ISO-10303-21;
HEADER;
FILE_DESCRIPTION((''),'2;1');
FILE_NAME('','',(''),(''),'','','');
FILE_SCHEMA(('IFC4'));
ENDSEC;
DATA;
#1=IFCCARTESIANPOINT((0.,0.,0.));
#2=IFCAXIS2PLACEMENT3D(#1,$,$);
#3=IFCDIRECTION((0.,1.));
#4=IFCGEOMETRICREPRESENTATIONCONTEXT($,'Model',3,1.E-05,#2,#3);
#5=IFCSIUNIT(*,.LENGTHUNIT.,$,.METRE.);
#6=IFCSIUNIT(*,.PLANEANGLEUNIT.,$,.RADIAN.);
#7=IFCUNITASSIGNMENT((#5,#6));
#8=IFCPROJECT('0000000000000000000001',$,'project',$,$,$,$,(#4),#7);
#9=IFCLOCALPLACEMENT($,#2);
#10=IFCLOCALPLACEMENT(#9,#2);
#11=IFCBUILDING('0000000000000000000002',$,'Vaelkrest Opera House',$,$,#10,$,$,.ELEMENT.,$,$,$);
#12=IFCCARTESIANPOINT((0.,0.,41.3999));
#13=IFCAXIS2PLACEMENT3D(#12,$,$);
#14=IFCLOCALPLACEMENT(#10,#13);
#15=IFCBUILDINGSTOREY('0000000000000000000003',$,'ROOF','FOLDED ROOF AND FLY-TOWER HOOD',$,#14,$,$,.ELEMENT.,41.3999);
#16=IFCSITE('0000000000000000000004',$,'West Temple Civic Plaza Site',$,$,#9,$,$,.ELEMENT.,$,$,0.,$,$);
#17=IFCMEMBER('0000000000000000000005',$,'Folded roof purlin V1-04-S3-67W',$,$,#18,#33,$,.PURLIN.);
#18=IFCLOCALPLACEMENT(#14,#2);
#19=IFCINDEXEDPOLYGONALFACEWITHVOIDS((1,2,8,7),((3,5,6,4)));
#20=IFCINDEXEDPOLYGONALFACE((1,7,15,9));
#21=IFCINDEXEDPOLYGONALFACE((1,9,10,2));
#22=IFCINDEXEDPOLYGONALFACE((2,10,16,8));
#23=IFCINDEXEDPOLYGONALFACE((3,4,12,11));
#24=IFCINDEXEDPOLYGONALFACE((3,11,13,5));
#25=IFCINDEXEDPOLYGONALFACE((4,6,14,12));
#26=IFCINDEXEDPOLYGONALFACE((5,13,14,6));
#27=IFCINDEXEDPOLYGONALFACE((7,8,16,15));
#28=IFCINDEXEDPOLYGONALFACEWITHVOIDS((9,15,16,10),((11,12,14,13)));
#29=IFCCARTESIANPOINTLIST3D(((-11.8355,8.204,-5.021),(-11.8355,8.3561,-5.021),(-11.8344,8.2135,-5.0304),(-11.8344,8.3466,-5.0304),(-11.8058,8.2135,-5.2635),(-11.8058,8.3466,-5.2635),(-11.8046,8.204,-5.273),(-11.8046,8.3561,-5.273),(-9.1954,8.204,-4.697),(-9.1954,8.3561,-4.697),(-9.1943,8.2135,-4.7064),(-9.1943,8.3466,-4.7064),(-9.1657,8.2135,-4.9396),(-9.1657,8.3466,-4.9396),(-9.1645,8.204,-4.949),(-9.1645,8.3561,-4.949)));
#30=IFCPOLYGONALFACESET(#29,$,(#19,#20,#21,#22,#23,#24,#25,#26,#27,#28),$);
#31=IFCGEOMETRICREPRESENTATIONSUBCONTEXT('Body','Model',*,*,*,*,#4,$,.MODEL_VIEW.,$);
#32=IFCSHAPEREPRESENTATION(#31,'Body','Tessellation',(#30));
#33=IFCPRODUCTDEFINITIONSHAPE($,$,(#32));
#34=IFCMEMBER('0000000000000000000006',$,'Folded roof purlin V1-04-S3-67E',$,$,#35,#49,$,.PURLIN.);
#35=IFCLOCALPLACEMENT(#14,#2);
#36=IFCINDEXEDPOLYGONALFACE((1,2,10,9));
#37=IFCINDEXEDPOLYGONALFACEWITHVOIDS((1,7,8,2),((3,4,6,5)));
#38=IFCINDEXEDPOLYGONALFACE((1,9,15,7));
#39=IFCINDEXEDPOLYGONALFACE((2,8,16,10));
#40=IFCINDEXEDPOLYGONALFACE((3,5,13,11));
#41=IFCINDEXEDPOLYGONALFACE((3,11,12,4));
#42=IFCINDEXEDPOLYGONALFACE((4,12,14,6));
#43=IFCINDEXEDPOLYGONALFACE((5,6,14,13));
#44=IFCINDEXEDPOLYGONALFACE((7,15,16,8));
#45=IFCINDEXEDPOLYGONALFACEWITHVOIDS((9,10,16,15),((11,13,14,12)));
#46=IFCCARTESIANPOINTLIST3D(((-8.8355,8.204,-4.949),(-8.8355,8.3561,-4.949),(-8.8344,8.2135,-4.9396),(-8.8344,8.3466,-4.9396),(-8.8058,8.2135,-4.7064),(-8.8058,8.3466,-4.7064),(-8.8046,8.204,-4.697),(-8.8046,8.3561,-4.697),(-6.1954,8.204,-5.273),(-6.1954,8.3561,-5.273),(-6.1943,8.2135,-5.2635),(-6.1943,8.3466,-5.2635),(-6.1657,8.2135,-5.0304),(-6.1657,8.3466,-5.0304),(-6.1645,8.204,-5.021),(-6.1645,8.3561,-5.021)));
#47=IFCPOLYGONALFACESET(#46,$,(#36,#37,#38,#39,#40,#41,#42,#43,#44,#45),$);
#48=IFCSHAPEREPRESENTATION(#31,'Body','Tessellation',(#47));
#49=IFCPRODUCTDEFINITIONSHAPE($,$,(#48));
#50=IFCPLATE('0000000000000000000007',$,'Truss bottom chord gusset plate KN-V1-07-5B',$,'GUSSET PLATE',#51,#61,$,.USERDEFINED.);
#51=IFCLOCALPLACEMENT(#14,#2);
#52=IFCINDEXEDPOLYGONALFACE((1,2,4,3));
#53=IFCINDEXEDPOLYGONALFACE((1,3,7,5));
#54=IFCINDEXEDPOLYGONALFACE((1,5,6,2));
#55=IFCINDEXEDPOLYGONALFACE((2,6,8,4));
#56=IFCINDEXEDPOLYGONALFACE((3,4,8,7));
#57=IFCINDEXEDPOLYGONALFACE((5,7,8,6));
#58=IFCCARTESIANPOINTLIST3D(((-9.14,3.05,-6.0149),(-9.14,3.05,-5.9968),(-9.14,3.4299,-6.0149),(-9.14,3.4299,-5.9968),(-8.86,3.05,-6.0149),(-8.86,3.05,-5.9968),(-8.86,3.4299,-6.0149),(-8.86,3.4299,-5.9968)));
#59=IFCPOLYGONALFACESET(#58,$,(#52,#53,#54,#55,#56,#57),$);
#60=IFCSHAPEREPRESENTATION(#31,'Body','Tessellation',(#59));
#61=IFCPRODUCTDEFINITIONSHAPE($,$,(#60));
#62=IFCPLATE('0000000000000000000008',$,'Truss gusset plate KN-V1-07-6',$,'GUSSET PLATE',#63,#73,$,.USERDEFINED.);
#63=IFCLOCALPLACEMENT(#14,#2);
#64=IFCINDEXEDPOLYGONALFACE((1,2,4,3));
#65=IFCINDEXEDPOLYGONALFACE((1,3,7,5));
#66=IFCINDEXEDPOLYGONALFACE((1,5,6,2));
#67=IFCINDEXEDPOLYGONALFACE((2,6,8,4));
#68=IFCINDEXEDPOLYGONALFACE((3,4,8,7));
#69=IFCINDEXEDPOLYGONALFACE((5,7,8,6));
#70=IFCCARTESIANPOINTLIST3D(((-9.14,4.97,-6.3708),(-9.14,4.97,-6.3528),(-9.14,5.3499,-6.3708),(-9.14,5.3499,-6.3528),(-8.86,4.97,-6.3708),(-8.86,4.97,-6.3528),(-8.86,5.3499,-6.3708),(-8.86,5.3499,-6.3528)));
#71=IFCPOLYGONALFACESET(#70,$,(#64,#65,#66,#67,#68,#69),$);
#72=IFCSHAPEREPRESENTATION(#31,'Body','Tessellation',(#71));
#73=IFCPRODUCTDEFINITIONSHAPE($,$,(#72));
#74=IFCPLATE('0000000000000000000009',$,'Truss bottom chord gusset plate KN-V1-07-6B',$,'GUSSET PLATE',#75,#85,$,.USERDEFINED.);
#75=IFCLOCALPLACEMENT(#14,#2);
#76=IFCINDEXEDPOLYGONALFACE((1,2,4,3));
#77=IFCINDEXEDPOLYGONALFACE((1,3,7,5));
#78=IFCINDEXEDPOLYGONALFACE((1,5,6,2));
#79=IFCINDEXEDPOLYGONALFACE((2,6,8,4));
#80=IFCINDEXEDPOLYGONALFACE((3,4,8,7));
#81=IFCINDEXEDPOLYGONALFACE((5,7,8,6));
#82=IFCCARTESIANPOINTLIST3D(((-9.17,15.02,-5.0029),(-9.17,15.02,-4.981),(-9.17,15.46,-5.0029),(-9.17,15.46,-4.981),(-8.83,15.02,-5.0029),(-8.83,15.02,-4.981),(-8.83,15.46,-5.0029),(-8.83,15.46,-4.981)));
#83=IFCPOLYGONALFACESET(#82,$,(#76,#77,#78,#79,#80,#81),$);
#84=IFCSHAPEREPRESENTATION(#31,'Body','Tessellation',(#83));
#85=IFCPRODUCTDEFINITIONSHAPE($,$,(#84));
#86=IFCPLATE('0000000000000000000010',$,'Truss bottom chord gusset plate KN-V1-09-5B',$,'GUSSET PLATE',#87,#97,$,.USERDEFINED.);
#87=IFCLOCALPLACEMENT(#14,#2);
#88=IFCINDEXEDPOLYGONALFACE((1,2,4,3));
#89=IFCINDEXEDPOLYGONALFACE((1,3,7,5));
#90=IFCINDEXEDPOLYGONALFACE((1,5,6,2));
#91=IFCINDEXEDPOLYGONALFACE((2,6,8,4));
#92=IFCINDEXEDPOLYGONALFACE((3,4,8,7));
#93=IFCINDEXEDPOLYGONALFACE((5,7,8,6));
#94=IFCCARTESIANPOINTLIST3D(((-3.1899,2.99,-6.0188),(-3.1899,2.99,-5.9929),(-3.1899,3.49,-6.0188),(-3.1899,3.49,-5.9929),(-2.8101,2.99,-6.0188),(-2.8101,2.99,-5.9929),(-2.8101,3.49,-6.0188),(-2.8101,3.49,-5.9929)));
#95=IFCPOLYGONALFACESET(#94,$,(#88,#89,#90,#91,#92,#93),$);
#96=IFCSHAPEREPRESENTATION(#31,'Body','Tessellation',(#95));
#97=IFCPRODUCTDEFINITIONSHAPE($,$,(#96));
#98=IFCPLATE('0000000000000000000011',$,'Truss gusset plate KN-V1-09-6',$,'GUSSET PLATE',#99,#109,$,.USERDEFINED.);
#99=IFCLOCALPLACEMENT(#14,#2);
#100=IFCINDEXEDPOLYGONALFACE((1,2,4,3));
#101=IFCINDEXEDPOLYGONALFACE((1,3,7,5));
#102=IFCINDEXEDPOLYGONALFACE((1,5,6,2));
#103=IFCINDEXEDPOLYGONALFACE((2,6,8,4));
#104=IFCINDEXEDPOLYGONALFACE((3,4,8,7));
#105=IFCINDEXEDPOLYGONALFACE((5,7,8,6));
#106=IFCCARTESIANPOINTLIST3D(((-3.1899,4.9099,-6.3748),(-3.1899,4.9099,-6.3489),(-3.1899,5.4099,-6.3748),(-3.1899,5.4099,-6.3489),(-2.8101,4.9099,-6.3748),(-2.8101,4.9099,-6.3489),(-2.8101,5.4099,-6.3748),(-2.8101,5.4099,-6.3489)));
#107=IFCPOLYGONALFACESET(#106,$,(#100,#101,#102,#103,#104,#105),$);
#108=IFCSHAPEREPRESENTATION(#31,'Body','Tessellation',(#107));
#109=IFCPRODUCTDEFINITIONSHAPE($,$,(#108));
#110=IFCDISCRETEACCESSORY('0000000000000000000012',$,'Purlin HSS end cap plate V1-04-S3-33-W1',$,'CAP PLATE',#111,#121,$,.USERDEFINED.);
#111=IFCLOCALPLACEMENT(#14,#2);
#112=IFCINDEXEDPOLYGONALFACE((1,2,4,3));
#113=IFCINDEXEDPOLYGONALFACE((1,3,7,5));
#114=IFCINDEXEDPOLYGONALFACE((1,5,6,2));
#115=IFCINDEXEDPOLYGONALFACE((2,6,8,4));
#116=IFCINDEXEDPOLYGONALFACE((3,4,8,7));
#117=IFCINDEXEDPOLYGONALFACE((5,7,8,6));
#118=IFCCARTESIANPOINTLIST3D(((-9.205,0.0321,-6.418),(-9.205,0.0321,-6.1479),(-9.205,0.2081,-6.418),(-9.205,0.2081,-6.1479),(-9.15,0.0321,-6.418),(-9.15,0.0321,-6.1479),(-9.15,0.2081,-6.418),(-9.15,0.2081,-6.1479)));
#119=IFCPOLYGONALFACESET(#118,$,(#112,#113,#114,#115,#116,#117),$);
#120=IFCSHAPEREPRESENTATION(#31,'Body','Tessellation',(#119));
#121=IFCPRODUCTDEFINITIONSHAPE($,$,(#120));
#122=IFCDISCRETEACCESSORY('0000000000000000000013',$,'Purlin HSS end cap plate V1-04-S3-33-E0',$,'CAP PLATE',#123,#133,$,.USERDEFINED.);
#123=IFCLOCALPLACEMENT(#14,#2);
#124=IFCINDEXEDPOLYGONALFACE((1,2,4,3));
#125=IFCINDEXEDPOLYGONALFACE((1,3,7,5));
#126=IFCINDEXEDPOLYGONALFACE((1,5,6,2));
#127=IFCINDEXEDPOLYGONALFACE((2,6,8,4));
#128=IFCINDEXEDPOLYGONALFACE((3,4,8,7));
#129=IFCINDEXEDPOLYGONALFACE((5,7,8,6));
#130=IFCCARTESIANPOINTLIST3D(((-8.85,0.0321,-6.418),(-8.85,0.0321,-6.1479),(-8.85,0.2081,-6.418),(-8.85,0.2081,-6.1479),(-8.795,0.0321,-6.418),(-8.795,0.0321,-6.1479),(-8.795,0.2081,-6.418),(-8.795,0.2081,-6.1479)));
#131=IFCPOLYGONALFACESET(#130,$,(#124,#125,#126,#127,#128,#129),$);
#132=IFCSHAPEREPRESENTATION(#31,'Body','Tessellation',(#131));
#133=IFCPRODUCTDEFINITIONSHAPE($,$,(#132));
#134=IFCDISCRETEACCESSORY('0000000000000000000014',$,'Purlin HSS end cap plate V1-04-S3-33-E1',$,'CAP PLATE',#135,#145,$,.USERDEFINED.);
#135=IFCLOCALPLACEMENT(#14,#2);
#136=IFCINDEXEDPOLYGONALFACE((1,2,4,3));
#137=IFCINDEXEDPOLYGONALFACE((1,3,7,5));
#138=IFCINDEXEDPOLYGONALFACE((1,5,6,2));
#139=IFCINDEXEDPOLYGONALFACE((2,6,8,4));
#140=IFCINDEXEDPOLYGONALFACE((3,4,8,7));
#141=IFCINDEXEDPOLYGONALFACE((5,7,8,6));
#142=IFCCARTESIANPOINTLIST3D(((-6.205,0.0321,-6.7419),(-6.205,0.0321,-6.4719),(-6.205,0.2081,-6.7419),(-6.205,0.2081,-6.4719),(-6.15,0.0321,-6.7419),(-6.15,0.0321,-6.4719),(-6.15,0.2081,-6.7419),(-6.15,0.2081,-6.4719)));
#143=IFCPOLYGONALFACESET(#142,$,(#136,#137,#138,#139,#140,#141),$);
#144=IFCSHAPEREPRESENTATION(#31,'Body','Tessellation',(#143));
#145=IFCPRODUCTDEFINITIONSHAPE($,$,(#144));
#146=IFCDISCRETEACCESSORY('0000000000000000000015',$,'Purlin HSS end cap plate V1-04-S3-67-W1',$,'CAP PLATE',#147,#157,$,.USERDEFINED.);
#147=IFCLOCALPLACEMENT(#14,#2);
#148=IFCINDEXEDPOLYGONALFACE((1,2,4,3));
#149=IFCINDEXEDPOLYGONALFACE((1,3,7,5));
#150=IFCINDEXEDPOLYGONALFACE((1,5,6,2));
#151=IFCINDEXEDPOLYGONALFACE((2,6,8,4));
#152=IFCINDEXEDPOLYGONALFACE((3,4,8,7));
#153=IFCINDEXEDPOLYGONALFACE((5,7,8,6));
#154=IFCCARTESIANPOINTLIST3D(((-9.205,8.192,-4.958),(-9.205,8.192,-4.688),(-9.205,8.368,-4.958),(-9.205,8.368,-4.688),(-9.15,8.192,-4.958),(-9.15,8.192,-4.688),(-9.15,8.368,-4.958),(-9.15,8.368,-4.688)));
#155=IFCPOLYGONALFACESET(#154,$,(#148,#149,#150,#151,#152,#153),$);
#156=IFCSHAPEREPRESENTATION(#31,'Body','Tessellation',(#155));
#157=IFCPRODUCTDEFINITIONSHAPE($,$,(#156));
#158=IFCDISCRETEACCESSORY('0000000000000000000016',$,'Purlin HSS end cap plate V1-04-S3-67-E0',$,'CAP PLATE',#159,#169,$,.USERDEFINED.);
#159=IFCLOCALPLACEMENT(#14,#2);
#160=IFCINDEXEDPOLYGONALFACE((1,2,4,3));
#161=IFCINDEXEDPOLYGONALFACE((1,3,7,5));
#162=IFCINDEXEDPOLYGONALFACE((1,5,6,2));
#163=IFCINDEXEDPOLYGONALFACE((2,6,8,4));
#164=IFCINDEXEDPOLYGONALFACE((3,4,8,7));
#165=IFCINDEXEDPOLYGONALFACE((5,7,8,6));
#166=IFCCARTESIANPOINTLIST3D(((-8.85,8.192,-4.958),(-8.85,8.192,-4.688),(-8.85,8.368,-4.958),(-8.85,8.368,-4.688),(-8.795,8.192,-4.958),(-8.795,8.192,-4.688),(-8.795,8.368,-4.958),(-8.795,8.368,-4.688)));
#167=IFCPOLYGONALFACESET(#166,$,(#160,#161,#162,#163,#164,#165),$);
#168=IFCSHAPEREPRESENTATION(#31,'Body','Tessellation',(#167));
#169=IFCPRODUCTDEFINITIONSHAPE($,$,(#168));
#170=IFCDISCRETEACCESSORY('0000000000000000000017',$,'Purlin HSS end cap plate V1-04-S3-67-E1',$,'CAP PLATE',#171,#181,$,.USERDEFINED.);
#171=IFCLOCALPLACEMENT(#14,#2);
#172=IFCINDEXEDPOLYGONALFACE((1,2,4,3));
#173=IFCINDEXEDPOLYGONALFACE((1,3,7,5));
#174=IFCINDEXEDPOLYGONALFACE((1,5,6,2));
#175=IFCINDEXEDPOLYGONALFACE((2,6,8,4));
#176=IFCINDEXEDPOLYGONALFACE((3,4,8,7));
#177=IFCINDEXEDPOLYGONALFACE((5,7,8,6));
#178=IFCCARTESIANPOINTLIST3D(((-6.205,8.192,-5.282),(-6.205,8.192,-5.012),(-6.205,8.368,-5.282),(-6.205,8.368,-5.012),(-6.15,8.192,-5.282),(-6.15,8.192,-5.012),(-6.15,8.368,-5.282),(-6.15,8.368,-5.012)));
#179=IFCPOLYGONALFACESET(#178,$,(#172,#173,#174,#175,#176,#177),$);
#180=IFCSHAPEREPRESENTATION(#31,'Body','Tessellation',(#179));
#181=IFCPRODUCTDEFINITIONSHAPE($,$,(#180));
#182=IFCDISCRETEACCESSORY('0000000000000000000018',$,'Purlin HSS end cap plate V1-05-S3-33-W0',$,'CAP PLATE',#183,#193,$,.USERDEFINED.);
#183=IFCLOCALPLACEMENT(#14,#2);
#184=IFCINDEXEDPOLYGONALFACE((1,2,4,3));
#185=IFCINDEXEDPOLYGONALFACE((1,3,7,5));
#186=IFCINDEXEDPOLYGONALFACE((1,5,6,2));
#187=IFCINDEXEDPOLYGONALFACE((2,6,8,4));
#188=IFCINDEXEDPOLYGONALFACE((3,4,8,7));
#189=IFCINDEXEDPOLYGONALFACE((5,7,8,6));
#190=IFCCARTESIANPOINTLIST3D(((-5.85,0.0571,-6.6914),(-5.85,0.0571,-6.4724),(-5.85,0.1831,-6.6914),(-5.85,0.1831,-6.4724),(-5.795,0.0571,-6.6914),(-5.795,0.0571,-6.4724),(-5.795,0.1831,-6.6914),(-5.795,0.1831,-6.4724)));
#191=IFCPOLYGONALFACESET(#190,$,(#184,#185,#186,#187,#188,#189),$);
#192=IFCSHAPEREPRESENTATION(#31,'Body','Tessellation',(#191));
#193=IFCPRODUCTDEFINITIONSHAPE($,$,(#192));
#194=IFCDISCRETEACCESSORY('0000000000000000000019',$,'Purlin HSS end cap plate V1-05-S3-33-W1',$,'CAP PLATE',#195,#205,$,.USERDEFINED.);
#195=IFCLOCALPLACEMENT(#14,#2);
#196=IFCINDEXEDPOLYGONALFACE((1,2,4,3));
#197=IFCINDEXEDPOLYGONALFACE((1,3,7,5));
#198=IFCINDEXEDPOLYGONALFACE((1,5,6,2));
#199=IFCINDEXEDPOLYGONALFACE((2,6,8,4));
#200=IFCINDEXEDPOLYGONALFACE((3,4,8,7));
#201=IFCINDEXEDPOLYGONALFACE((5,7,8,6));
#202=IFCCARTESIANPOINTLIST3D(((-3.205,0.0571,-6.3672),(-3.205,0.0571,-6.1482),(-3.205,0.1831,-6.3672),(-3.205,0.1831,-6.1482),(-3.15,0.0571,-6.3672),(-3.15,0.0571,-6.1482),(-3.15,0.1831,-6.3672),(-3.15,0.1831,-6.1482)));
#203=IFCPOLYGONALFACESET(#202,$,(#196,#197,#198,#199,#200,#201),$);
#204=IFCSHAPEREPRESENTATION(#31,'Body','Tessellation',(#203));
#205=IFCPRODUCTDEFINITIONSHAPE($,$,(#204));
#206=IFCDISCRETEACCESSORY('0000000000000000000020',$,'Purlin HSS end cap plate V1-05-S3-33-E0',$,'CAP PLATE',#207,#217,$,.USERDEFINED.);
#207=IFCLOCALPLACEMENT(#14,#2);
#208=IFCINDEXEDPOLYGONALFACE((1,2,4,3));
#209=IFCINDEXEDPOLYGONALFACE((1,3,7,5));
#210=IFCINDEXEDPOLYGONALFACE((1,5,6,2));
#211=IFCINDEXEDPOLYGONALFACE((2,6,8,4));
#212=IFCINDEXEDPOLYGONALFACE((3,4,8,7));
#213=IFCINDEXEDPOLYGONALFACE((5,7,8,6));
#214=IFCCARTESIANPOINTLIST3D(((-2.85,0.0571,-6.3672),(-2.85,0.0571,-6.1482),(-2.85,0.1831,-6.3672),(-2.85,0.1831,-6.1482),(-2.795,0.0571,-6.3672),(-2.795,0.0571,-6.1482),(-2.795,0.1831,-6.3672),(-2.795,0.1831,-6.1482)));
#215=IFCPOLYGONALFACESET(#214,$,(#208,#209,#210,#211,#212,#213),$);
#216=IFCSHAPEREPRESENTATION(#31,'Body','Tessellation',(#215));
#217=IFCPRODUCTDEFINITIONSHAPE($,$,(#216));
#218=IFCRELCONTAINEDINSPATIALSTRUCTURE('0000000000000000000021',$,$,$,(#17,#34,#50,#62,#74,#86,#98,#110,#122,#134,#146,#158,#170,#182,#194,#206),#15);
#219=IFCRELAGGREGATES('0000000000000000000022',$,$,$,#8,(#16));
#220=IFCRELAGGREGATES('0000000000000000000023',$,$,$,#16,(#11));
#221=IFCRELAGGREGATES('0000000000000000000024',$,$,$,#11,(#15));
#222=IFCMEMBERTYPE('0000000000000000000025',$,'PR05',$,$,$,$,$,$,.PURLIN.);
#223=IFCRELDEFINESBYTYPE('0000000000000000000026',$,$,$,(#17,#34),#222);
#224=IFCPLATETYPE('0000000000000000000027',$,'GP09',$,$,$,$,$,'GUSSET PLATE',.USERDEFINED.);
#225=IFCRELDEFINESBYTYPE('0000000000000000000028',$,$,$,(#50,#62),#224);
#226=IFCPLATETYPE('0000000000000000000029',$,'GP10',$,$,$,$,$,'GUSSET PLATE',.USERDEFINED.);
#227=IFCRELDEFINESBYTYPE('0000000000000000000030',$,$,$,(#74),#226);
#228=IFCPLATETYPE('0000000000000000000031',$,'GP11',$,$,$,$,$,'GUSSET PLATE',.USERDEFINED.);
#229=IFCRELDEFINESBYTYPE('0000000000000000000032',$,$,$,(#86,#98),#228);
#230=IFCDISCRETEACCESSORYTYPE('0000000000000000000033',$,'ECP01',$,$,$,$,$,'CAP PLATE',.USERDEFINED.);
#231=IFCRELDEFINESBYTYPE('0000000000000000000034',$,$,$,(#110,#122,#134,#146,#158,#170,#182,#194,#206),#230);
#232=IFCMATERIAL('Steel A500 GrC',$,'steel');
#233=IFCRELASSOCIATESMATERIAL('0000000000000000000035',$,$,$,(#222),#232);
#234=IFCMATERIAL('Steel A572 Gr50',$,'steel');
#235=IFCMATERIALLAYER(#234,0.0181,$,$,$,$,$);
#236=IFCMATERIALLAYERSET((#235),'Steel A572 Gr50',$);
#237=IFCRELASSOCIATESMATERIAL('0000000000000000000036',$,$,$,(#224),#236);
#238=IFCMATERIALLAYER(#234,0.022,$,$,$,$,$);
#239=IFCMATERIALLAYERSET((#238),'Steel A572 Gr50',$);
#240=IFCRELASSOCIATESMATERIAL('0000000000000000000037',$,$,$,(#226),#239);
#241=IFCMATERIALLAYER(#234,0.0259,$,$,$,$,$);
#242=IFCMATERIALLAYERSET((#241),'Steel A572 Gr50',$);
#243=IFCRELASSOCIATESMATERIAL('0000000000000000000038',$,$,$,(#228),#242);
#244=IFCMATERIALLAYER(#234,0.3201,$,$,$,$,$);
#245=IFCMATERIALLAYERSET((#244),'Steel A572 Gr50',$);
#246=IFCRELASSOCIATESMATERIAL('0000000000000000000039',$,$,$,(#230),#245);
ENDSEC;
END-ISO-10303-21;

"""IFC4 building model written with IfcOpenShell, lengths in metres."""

from ifc_helpers import new_model, si_unit, direction, frame, origin, origin_2d, place, context, subcontext, project, spatial, rectangle, hollow_rectangle, extrude, material, layer, layer_set, material_profile, profile_set, type_object, element, save


model = new_model("IFC4")

# Units and contexts
model_context = context("Model", 3, precision=1e-05, world=origin(), true_north=direction((0.0, 1.0)))
body_context = subcontext(model_context, "Body", "Model", "MODEL_VIEW")
ifc_project = project(units=[si_unit("LENGTHUNIT", "METRE"), si_unit("PLANEANGLEUNIT", "RADIAN")], contexts=[model_context])

# Site, building, storey
site_placement = place(None, origin())
site = spatial("IfcSite", under=ifc_project, at=site_placement, Name="West Temple Civic Plaza Site", CompositionType="ELEMENT", RefElevation=0.0)
building_placement = place(site_placement, origin())
building = spatial("IfcBuilding", under=site, at=building_placement, Name="Vaelkrest Opera House", CompositionType="ELEMENT")
storey_placement = place(building_placement, frame((0.0, 0.0, 41.3999)))
storey = spatial("IfcBuildingStorey", under=building, at=storey_placement, Name="ROOF", Description="FOLDED ROOF AND FLY-TOWER HOOD", CompositionType="ELEMENT", Elevation=41.3999)

# Members
ifc_material_1 = material(Name="Steel A500 GrC", Category="steel")
ifc_material_profile_1 = material_profile(ifc_material_1, hollow_rectangle(XDim=0.1521, YDim=0.2539, WallThickness=0.0095, at=origin_2d()), Name="HSS254X152X9.5")
ifc_profile_set_1 = profile_set([ifc_material_profile_1], Name="Steel A500 GrC")
member_type_1 = type_object("IfcMemberType", Name="PR05", PredefinedType="PURLIN", material=ifc_profile_set_1)
for number, where, z_axis, x_axis, name in (
    (1, (-11.8201, 8.28, -5.147), (0.992555, 0.0, 0.121798), (0.0, 1.0, 0.0), "Folded roof purlin V1-04-S3-67W"),
    (2, (-8.8201, 8.28, -4.823), (0.992555, 0.0, -0.121798), (0.0, 1.0, 0.0), "Folded roof purlin V1-04-S3-67E"),
):
    element("IfcMember", number, at=place(storey_placement, frame(where, z_axis=z_axis, x_axis=x_axis)), inside=storey, type_object=member_type_1, Name=name, PredefinedType="PURLIN", context=body_context, shape_type="SweptSolid", body=[
        extrude(hollow_rectangle(XDim=0.1521, YDim=0.2539, WallThickness=0.0095, at=origin_2d()), origin(), (0.0, 0.0, 1.0), 2.6599),
    ])

# Plates
ifc_material_2 = material(Name="Steel A572 Gr50", Category="steel")
ifc_layer_1 = layer(ifc_material_2, 0.0181)
ifc_layer_set_1 = layer_set([ifc_layer_1], Name="Steel A572 Gr50")
plate_type_1 = type_object("IfcPlateType", Name="GP09", ElementType="GUSSET PLATE", PredefinedType="USERDEFINED", material=ifc_layer_set_1)
for number, where, z_axis, x_axis, name in (
    (3, (-9.0, 3.24, -6.0149), (0.0, 0.0, 1.0), (0.0, 1.0, 0.0), "Truss bottom chord gusset plate KN-V1-07-5B"),
    (4, (-9.0, 5.1599, -6.3708), (0.0, 0.0, 1.0), (0.0, 1.0, 0.0), "Truss gusset plate KN-V1-07-6"),
):
    element("IfcPlate", number, at=place(storey_placement, frame(where, z_axis=z_axis, x_axis=x_axis)), inside=storey, type_object=plate_type_1, Name=name, ObjectType="GUSSET PLATE", PredefinedType="USERDEFINED", context=body_context, shape_type="SweptSolid", body=[
        extrude(rectangle(XDim=0.3799, YDim=0.28, at=origin_2d()), origin(), (0.0, 0.0, 1.0), 0.0181),
    ])
ifc_layer_2 = layer(ifc_material_2, 0.022)
ifc_layer_set_2 = layer_set([ifc_layer_2], Name="Steel A572 Gr50")
plate_type_2 = type_object("IfcPlateType", Name="GP10", ElementType="GUSSET PLATE", PredefinedType="USERDEFINED", material=ifc_layer_set_2)
plate_placement = place(storey_placement, frame((-9.0, 15.24, -5.0029), z_axis=(0.0, 0.0, 1.0), x_axis=(0.0, 1.0, 0.0)))
element("IfcPlate", 5, at=plate_placement, inside=storey, type_object=plate_type_2, Name="Truss bottom chord gusset plate KN-V1-07-6B", ObjectType="GUSSET PLATE", PredefinedType="USERDEFINED", context=body_context, shape_type="SweptSolid", body=[
    extrude(rectangle(XDim=0.4399, YDim=0.3401, at=origin_2d()), origin(), (0.0, 0.0, 1.0), 0.022),
])
ifc_layer_3 = layer(ifc_material_2, 0.0259)
ifc_layer_set_3 = layer_set([ifc_layer_3], Name="Steel A572 Gr50")
plate_type_3 = type_object("IfcPlateType", Name="GP11", ElementType="GUSSET PLATE", PredefinedType="USERDEFINED", material=ifc_layer_set_3)
for number, where, z_axis, x_axis, name in (
    (6, (-3.0, 3.24, -6.0188), (0.0, 0.0, 1.0), (0.0, 1.0, 0.0), "Truss bottom chord gusset plate KN-V1-09-5B"),
    (7, (-3.0, 5.1599, -6.3748), (0.0, 0.0, 1.0), (0.0, 1.0, 0.0), "Truss gusset plate KN-V1-09-6"),
):
    element("IfcPlate", number, at=place(storey_placement, frame(where, z_axis=z_axis, x_axis=x_axis)), inside=storey, type_object=plate_type_3, Name=name, ObjectType="GUSSET PLATE", PredefinedType="USERDEFINED", context=body_context, shape_type="SweptSolid", body=[
        extrude(rectangle(XDim=0.5, YDim=0.3799, at=origin_2d()), origin(), (0.0, 0.0, 1.0), 0.0259),
    ])

# Discrete accessories
ifc_layer_4 = layer(ifc_material_2, 0.3201)
ifc_layer_set_4 = layer_set([ifc_layer_4], Name="Steel A572 Gr50")
discrete_accessory_type = type_object("IfcDiscreteAccessoryType", Name="ECP01", ElementType="CAP PLATE", PredefinedType="USERDEFINED", material=ifc_layer_set_4)
for number, where, z_axis, x_axis, name in (
    (8, (-9.1775, 0.1201, -6.418), (0.0, 0.0, 1.0), (1.0, 0.0, 0.0), "Purlin HSS end cap plate V1-04-S3-33-W1"),
    (9, (-8.8225, 0.1201, -6.418), (0.0, 0.0, 1.0), (1.0, 0.0, 0.0), "Purlin HSS end cap plate V1-04-S3-33-E0"),
    (10, (-6.1775, 0.1201, -6.7419), (0.0, 0.0, 1.0), (1.0, 0.0, 0.0), "Purlin HSS end cap plate V1-04-S3-33-E1"),
    (11, (-9.1775, 8.28, -4.958), (0.0, 0.0, 1.0), (1.0, 0.0, 0.0), "Purlin HSS end cap plate V1-04-S3-67-W1"),
    (12, (-8.8225, 8.28, -4.958), (0.0, 0.0, 1.0), (1.0, 0.0, 0.0), "Purlin HSS end cap plate V1-04-S3-67-E0"),
    (13, (-6.1775, 8.28, -5.282), (0.0, 0.0, 1.0), (1.0, 0.0, 0.0), "Purlin HSS end cap plate V1-04-S3-67-E1"),
):
    element("IfcDiscreteAccessory", number, at=place(storey_placement, frame(where, z_axis=z_axis, x_axis=x_axis)), inside=storey, type_object=discrete_accessory_type, Name=name, ObjectType="CAP PLATE", PredefinedType="USERDEFINED", context=body_context, shape_type="SweptSolid", body=[
        extrude(rectangle(XDim=0.0549, YDim=0.176, at=origin_2d()), origin(), (0.0, 0.0, 1.0), 0.27),
    ])
for number, where, z_axis, x_axis, name in (
    (14, (-5.8225, 0.1201, -6.6914), (0.0, 0.0, 1.0), (1.0, 0.0, 0.0), "Purlin HSS end cap plate V1-05-S3-33-W0"),
    (15, (-3.1775, 0.1201, -6.3672), (0.0, 0.0, 1.0), (1.0, 0.0, 0.0), "Purlin HSS end cap plate V1-05-S3-33-W1"),
    (16, (-2.8225, 0.1201, -6.3672), (0.0, 0.0, 1.0), (1.0, 0.0, 0.0), "Purlin HSS end cap plate V1-05-S3-33-E0"),
):
    element("IfcDiscreteAccessory", number, at=place(storey_placement, frame(where, z_axis=z_axis, x_axis=x_axis)), inside=storey, type_object=discrete_accessory_type, Name=name, ObjectType="CAP PLATE", PredefinedType="USERDEFINED", context=body_context, shape_type="SweptSolid", body=[
        extrude(rectangle(XDim=0.0549, YDim=0.126, at=origin_2d()), origin(), (0.0, 0.0, 1.0), 0.219),
    ])

save(model, "model.ifc")
